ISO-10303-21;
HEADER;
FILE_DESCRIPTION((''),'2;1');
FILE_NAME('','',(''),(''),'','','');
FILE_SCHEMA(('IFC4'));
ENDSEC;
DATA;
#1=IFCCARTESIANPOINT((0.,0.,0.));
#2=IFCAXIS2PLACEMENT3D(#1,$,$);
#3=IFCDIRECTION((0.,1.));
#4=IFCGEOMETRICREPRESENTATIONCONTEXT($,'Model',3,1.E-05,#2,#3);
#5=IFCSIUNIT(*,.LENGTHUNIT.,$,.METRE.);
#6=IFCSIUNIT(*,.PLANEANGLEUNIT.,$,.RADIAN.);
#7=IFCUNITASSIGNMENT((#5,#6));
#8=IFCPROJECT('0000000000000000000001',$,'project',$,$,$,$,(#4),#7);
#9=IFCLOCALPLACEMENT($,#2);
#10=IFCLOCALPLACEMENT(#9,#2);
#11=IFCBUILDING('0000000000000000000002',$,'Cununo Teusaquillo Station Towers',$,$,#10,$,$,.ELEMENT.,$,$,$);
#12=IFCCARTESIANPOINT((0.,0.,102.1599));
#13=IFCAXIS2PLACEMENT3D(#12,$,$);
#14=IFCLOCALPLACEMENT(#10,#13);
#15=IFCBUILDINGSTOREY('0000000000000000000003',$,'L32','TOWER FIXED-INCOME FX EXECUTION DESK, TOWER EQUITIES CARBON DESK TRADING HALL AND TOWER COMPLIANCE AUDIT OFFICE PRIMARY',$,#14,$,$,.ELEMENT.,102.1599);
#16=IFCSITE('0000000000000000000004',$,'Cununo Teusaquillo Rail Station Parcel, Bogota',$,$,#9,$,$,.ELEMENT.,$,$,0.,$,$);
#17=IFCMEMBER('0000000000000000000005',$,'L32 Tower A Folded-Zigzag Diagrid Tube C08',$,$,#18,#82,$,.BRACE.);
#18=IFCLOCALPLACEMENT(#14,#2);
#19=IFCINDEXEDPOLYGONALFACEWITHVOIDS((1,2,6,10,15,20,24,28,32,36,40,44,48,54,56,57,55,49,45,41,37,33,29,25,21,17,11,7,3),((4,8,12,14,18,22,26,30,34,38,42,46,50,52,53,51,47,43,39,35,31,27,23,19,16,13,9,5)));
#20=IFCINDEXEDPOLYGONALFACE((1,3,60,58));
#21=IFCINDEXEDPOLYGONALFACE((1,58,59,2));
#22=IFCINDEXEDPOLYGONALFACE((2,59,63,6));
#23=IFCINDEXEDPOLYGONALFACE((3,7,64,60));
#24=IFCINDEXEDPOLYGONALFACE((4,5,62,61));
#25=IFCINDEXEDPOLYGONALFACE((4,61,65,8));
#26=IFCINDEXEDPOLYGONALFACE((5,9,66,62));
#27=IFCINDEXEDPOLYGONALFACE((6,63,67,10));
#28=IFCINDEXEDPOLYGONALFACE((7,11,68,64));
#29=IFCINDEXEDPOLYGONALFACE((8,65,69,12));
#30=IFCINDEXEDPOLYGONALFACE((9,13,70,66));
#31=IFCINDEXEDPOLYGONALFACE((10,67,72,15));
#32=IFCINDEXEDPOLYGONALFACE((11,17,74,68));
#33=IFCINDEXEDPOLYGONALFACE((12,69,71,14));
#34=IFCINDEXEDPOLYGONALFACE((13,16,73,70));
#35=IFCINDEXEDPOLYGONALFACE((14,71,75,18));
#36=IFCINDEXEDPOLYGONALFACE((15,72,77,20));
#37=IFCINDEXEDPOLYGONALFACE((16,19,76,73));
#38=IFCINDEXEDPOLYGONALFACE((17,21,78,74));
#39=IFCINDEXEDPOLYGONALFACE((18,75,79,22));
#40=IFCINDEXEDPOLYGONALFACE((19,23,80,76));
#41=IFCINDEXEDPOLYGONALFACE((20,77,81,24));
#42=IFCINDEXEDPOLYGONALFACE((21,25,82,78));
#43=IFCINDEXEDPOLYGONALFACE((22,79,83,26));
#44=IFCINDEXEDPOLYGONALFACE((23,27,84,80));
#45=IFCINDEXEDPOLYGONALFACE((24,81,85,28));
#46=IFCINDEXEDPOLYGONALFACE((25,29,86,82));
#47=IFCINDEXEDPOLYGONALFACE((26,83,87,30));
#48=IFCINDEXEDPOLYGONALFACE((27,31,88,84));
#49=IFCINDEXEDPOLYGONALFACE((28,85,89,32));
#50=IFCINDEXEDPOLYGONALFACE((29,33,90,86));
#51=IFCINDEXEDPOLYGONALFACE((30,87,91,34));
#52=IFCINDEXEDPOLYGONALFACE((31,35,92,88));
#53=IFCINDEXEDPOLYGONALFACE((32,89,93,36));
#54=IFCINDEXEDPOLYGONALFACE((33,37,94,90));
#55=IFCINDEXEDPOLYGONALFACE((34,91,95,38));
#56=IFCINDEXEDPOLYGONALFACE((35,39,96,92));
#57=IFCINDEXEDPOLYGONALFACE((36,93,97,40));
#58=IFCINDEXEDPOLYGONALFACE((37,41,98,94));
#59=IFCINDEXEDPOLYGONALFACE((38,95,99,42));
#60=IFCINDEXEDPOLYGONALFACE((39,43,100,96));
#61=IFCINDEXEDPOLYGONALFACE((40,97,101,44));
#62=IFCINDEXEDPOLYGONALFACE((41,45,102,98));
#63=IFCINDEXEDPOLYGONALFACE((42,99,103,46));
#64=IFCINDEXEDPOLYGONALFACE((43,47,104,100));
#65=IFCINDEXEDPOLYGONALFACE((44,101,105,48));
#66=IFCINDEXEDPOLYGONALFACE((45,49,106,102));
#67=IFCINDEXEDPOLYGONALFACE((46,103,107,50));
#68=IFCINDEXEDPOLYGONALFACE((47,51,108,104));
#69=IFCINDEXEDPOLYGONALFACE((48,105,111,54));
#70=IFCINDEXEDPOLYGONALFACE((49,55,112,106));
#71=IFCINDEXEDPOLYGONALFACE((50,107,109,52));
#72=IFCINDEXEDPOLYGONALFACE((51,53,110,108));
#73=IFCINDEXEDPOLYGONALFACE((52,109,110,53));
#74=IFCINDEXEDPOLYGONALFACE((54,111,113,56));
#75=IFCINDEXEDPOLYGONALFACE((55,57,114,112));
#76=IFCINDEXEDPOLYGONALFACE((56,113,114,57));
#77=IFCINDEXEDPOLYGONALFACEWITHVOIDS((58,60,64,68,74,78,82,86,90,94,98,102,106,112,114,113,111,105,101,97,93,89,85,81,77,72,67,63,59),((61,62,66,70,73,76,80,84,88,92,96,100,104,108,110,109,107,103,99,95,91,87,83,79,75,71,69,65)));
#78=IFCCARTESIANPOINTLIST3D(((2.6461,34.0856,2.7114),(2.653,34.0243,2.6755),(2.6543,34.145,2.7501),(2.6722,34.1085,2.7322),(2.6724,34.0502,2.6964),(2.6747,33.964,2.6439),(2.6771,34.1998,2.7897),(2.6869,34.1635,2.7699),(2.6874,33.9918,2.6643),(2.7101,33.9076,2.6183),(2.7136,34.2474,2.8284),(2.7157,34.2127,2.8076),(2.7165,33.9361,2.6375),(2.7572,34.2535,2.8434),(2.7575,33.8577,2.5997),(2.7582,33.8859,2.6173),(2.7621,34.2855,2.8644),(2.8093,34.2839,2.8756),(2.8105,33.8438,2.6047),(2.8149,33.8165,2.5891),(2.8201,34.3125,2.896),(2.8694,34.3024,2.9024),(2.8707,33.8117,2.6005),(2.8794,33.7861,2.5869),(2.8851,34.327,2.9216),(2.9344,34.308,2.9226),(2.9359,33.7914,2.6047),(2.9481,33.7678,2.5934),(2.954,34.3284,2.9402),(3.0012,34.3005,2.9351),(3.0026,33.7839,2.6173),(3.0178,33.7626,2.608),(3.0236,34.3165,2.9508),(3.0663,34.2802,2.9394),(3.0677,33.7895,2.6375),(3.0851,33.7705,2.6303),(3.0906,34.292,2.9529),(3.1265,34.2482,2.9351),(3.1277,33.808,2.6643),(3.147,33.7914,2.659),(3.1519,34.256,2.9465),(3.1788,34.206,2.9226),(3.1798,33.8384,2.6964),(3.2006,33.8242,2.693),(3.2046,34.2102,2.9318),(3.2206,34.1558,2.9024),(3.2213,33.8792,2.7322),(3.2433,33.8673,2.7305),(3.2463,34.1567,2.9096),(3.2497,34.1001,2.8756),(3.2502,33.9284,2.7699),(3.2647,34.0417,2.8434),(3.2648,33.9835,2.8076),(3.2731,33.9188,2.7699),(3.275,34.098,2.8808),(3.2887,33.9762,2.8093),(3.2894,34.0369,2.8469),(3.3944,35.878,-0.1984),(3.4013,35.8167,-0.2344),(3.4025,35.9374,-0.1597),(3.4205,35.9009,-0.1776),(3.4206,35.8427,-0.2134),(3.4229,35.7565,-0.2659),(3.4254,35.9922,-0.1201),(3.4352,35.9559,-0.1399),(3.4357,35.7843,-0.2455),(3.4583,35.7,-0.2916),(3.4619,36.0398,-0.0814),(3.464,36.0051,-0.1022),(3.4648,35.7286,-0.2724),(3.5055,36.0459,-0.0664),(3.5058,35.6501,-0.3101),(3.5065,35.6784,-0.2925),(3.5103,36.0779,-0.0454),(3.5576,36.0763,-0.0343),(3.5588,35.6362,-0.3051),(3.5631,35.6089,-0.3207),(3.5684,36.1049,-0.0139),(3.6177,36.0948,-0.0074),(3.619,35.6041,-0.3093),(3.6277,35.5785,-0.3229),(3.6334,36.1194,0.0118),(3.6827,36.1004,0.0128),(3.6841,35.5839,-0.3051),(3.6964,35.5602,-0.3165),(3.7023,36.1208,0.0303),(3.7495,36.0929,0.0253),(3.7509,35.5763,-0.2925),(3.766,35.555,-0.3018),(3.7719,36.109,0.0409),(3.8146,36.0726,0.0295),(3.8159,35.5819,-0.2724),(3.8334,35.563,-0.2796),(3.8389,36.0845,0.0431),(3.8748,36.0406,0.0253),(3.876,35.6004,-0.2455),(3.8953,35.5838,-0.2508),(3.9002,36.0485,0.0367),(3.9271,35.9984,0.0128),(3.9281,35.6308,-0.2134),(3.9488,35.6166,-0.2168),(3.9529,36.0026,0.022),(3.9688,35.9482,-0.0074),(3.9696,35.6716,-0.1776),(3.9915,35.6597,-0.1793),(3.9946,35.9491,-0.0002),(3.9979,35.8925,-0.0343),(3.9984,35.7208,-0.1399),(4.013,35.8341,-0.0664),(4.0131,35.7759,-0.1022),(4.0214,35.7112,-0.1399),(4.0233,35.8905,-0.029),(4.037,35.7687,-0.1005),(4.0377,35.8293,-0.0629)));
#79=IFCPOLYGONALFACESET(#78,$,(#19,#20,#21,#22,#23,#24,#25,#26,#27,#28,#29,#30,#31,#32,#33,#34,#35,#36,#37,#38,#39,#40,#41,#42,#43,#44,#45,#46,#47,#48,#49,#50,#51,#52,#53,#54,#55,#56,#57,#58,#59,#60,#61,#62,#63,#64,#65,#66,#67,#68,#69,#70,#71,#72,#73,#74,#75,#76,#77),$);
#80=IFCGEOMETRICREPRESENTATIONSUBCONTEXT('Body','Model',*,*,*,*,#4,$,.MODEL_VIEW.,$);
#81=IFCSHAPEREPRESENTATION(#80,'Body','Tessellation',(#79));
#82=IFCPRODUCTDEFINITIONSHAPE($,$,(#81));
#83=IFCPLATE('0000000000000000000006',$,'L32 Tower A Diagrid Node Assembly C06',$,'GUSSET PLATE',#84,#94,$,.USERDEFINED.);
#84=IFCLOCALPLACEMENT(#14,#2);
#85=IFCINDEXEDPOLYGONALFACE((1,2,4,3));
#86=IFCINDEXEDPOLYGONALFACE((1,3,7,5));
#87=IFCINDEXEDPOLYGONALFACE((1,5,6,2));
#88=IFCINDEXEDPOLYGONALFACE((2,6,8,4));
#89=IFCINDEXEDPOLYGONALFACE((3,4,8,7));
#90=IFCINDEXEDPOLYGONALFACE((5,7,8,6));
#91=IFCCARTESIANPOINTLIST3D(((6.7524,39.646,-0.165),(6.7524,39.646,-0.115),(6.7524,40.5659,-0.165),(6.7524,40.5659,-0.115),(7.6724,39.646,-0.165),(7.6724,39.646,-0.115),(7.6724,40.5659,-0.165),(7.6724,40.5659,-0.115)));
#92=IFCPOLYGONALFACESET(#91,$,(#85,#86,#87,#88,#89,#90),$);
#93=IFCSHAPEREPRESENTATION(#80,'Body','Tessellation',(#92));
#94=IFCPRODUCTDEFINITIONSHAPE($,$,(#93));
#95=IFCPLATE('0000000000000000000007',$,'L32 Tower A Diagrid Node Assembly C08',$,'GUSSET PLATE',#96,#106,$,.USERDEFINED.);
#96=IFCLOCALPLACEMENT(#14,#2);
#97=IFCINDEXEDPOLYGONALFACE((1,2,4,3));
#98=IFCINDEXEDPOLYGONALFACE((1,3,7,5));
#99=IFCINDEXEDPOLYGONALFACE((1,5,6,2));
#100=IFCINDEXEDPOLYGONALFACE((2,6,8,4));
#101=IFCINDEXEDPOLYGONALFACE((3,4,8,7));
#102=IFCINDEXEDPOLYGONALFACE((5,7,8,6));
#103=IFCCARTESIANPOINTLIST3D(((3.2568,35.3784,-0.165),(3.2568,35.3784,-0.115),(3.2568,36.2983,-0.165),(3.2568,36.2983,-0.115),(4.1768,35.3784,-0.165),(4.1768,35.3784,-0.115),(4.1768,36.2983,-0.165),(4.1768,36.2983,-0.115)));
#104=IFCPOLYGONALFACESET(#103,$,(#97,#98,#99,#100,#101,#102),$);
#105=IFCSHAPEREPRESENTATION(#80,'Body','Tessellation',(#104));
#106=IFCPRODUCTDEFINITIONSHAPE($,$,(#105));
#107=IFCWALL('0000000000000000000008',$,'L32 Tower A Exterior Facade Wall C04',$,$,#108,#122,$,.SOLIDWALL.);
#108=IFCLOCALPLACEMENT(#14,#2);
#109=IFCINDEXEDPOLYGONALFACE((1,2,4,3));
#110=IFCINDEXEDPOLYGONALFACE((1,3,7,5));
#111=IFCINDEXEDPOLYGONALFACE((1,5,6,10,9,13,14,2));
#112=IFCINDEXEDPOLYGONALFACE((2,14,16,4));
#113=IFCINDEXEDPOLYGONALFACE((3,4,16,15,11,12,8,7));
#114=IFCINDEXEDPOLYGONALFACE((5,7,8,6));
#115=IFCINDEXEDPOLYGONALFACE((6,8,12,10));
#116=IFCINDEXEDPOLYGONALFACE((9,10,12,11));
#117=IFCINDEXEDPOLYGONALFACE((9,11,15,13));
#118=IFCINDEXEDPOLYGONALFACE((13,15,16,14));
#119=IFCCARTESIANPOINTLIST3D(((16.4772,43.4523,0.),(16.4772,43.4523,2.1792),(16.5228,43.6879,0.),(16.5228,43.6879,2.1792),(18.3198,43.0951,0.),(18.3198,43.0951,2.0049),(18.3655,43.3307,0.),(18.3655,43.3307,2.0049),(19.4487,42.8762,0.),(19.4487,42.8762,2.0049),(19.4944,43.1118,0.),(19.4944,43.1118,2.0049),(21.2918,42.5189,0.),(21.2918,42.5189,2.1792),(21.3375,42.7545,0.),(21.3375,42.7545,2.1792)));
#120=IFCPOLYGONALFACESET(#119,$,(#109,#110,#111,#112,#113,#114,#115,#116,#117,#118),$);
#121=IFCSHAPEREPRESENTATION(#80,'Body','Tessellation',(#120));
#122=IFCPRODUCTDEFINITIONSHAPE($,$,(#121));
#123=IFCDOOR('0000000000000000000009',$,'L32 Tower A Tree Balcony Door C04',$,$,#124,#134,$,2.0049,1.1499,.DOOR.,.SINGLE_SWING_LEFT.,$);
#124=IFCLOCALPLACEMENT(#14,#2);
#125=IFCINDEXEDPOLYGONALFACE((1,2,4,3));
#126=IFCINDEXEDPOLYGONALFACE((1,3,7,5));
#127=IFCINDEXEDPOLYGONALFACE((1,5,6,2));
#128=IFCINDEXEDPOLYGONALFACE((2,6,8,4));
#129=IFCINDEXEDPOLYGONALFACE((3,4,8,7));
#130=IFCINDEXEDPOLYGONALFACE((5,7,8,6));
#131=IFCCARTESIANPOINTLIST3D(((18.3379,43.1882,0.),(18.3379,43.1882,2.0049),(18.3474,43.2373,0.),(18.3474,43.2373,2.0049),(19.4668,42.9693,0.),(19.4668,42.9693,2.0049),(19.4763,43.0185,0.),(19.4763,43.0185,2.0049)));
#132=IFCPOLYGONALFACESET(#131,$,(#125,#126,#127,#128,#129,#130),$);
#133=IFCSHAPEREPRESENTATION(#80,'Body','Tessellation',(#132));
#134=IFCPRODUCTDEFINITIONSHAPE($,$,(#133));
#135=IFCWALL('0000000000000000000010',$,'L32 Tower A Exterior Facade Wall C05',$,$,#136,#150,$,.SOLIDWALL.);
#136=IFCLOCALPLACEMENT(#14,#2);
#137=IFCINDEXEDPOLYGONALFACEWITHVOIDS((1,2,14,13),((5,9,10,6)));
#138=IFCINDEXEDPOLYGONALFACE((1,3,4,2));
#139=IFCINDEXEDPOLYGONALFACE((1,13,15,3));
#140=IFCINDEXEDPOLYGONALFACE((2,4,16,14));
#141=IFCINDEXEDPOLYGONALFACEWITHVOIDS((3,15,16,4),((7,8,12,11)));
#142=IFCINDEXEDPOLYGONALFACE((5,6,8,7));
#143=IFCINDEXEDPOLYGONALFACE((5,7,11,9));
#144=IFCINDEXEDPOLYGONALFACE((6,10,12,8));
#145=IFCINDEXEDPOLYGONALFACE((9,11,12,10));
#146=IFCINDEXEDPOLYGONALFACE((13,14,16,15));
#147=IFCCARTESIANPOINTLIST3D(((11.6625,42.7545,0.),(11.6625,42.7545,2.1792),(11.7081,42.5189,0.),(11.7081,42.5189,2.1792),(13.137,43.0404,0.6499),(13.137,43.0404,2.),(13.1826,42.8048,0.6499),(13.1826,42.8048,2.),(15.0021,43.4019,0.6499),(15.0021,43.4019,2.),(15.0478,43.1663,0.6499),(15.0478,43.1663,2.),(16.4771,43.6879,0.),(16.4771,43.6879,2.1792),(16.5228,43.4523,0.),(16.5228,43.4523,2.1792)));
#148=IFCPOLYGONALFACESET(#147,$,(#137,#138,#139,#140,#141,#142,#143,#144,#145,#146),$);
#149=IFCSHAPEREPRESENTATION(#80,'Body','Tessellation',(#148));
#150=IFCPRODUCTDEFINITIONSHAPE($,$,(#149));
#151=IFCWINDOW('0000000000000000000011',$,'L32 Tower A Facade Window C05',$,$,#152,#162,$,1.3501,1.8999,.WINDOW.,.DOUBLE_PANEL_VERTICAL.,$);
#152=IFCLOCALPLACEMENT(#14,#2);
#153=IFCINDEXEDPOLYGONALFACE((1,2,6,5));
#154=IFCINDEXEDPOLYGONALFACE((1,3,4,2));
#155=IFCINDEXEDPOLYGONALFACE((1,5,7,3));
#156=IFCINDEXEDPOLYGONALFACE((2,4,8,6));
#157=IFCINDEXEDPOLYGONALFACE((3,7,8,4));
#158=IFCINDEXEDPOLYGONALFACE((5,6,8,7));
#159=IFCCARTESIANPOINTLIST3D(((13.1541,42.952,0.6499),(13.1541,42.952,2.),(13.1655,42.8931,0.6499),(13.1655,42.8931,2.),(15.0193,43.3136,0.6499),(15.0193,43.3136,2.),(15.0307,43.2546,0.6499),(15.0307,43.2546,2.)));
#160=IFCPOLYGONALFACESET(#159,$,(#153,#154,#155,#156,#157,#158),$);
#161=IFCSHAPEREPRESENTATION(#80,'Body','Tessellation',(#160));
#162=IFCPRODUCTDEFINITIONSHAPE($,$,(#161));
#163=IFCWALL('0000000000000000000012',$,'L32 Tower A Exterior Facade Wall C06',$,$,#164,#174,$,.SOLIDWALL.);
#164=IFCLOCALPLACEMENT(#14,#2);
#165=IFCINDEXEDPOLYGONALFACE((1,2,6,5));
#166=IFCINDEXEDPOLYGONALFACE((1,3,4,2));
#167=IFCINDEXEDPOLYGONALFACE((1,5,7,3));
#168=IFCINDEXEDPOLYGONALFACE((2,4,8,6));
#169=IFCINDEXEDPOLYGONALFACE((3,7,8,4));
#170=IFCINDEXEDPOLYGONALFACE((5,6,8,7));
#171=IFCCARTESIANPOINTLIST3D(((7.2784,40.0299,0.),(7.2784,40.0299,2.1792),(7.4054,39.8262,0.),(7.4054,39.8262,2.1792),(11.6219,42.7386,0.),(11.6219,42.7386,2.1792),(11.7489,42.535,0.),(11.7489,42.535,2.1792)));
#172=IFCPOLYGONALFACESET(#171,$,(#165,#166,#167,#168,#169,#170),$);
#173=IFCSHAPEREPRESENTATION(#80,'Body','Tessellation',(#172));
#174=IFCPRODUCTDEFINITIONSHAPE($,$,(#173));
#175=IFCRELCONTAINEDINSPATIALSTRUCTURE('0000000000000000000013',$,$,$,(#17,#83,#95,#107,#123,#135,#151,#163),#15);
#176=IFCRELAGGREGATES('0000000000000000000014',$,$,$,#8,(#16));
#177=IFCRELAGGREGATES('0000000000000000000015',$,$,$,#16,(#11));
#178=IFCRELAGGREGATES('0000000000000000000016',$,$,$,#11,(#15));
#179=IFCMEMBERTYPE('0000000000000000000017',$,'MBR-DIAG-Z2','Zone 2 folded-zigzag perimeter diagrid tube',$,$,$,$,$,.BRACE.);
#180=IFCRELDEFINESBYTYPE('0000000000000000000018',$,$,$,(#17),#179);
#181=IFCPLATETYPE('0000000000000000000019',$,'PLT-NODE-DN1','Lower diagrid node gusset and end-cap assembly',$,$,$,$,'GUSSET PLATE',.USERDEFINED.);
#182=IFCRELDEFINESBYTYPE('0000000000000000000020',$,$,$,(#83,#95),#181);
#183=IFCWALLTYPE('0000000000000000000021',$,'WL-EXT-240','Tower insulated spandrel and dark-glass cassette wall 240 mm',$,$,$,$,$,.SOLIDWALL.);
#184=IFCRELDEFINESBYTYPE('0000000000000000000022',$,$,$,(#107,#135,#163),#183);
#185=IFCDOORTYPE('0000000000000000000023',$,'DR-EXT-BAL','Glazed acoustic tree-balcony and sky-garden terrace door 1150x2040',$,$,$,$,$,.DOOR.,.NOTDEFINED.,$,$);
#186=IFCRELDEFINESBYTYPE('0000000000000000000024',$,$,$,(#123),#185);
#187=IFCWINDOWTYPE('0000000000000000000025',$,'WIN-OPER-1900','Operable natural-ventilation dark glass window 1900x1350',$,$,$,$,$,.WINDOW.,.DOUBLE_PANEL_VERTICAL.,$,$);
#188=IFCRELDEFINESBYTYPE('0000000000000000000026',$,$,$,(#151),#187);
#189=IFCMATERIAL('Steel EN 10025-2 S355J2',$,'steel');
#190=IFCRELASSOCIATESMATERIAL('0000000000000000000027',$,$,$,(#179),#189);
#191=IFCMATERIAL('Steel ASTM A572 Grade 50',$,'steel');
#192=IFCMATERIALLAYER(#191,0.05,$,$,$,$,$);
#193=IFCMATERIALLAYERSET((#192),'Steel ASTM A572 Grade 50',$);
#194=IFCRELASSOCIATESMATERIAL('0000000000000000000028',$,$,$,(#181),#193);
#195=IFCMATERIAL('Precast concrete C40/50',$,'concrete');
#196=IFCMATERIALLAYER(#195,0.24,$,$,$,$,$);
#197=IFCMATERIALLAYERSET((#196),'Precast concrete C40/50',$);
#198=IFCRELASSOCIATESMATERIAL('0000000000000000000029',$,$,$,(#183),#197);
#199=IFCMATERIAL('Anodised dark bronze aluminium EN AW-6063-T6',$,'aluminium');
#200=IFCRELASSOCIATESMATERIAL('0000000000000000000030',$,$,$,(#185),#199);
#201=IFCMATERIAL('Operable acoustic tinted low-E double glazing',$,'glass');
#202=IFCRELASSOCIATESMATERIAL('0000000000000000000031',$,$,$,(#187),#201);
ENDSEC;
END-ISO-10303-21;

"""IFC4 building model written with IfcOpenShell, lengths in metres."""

from ifc_helpers import new_model, si_unit, direction, frame, frame_2d, origin, origin_2d, place, context, subcontext, project, spatial, rectangle, hollow_circle, extrude, source, transform, mapped, material, layer, layer_set, material_profile, profile_set, type_object, element, fill, save


model = new_model("IFC4")

# Units and contexts
model_context = context("Model", 3, precision=1e-05, world=origin(), true_north=direction((0.0, 1.0)))
body_context = subcontext(model_context, "Body", "Model", "MODEL_VIEW")
ifc_project = project(units=[si_unit("LENGTHUNIT", "METRE"), si_unit("PLANEANGLEUNIT", "RADIAN")], contexts=[model_context])

# Site, building, storey
site_placement = place(None, origin())
site = spatial("IfcSite", under=ifc_project, at=site_placement, Name="Cununo Teusaquillo Rail Station Parcel, Bogota", CompositionType="ELEMENT", RefElevation=0.0)
building_placement = place(site_placement, origin())
building = spatial("IfcBuilding", under=site, at=building_placement, Name="Cununo Teusaquillo Station Towers", CompositionType="ELEMENT")
storey_placement = place(building_placement, frame((0.0, 0.0, 102.1599)))
storey = spatial("IfcBuildingStorey", under=building, at=storey_placement, Name="L32", Description="TOWER FIXED-INCOME FX EXECUTION DESK, TOWER EQUITIES CARBON DESK TRADING HALL AND TOWER COMPLIANCE AUDIT OFFICE PRIMARY", CompositionType="ELEMENT", Elevation=102.1599)

# Member
ifc_material_1 = material(Name="Steel EN 10025-2 S355J2", Category="steel")
ifc_material_profile_1 = material_profile(ifc_material_1, hollow_circle(Radius=0.3301, WallThickness=0.0249, at=origin_2d()), Name="CHS 660x25")
ifc_profile_set_1 = profile_set([ifc_material_profile_1], Name="Steel EN 10025-2 S355J2")
member_type = type_object("IfcMemberType", Name="MBR-DIAG-Z2", Description="Zone 2 folded-zigzag perimeter diagrid tube", PredefinedType="BRACE", material=ifc_profile_set_1)
member_1_placement = place(storey_placement, frame((3.7168, 35.8384, -0.1399), z_axis=(-0.21388, -0.512336, 0.831726), x_axis=(0.922816, -0.38524, 0.0)))
element("IfcMember", 1, at=member_1_placement, inside=storey, type_object=member_type, Name="L32 Tower A Folded-Zigzag Diagrid Tube C08", PredefinedType="BRACE", context=body_context, shape_type="SweptSolid", body=[
    extrude(hollow_circle(Radius=0.3301, WallThickness=0.0249, at=origin_2d()), origin(), (0.0, 0.0, 1.0), 3.4985),
])

# Plates
ifc_material_2 = material(Name="Steel ASTM A572 Grade 50", Category="steel")
ifc_layer_1 = layer(ifc_material_2, 0.05)
ifc_layer_set_1 = layer_set([ifc_layer_1], Name="Steel ASTM A572 Grade 50")
plate_type = type_object("IfcPlateType", Name="PLT-NODE-DN1", Description="Lower diagrid node gusset and end-cap assembly", ElementType="GUSSET PLATE", PredefinedType="USERDEFINED", material=ifc_layer_set_1)
shared_shape_1 = source(origin(), body_context, "Body", "SweptSolid", [
    extrude(rectangle(XDim=0.9199, YDim=0.9199, at=origin_2d()), origin(), (0.0, 0.0, 1.0), 0.05),
])
for number, where, z_axis, x_axis, name in (
    (2, (7.2124, 40.106, -0.165), (0.0, 0.0, 1.0), (1.0, 0.0, 0.0), "L32 Tower A Diagrid Node Assembly C06"),
    (3, (3.7168, 35.8384, -0.165), (0.0, 0.0, 1.0), (1.0, 0.0, 0.0), "L32 Tower A Diagrid Node Assembly C08"),
):
    element("IfcPlate", number, at=place(storey_placement, frame(where, z_axis=z_axis, x_axis=x_axis)), inside=storey, type_object=plate_type, Name=name, ObjectType="GUSSET PLATE", PredefinedType="USERDEFINED", context=body_context, shape_type="MappedRepresentation", body=[
        mapped(shared_shape_1, transform((0.0, 0.0, 0.0), x_axis=(1.0, 0.0, 0.0), y_axis=(0.0, 1.0, 0.0), z_axis=(0.0, 0.0, 1.0), scale=1.0)),
    ])

# Wall, opening, door
ifc_material_3 = material(Name="Precast concrete C40/50", Category="concrete")
ifc_layer_2 = layer(ifc_material_3, 0.24)
ifc_layer_set_2 = layer_set([ifc_layer_2], Name="Precast concrete C40/50")
wall_type_1 = type_object("IfcWallType", Name="WL-EXT-240", Description="Tower insulated spandrel and dark-glass cassette wall 240 mm", PredefinedType="SOLIDWALL", material=ifc_layer_set_2)
wall_1_placement = place(storey_placement, frame((16.5, 43.5701, 0.0), z_axis=(0.0, 0.0, 1.0), x_axis=(0.981724, -0.190311, 0.0)))
wall_1 = element("IfcWall", 4, at=wall_1_placement, inside=storey, type_object=wall_type_1, Name="L32 Tower A Exterior Facade Wall C04", PredefinedType="SOLIDWALL", context=body_context, shape_type="SweptSolid", body=[
    extrude(rectangle(XDim=4.9043, YDim=0.24, at=frame_2d((2.4521, 0.0))), origin(), (0.0, 0.0, 1.0), 2.1792),
])
shared_shape_2 = source(origin(), body_context, "Body", "SweptSolid", [
    extrude(rectangle(XDim=1.1499, YDim=2.0049, at=frame_2d((0.575, 1.0024))), frame((0.0, 0.1299, 0.0), z_axis=(0.0, -1.0, 0.0), x_axis=(1.0, 0.0, 0.0)), (0.0, 0.0, 1.0), 0.26),
])
opening_1_placement = place(wall_1_placement, frame((1.877, 0.0, 0.0)))
opening_1 = element("IfcOpeningElement", 5, at=opening_1_placement, cuts=wall_1, PredefinedType="OPENING", context=body_context, shape_type="MappedRepresentation", body=[
    mapped(shared_shape_2, transform((0.0, 0.0, 0.0), x_axis=(1.0, 0.0, 0.0), y_axis=(0.0, 1.0, 0.0), z_axis=(0.0, 0.0, 1.0), scale=1.0)),
])
ifc_material_4 = material(Name="Anodised dark bronze aluminium EN AW-6063-T6", Category="aluminium")
door_type_1 = type_object("IfcDoorType", Name="DR-EXT-BAL", Description="Glazed acoustic tree-balcony and sky-garden terrace door 1150x2040", OperationType="NOTDEFINED", PredefinedType="DOOR", material=ifc_material_4)
shared_shape_3 = source(origin(), body_context, "Body", "SweptSolid", [
    extrude(rectangle(XDim=1.1499, YDim=2.0049, at=frame_2d((0.575, 1.0024))), frame((0.0, 0.0249, 0.0), z_axis=(0.0, -1.0, 0.0), x_axis=(1.0, 0.0, 0.0)), (0.0, 0.0, 1.0), 0.05),
])
door_1_placement = place(opening_1_placement, origin())
door_1 = element("IfcDoor", 6, at=door_1_placement, inside=storey, type_object=door_type_1, Name="L32 Tower A Tree Balcony Door C04", OperationType="SINGLE_SWING_LEFT", OverallHeight=2.0049, OverallWidth=1.1499, PredefinedType="DOOR", context=body_context, shape_type="MappedRepresentation", body=[
    mapped(shared_shape_3, transform((0.0, 0.0, 0.0), x_axis=(1.0, 0.0, 0.0), y_axis=(0.0, 1.0, 0.0), z_axis=(0.0, 0.0, 1.0), scale=1.0)),
])
fill(opening_1, door_1)

# Wall, opening, window
wall_2_placement = place(storey_placement, frame((11.6853, 42.6367, 0.0), z_axis=(0.0, 0.0, 1.0), x_axis=(0.981724, 0.190311, 0.0)))
wall_2 = element("IfcWall", 7, at=wall_2_placement, inside=storey, type_object=wall_type_1, Name="L32 Tower A Exterior Facade Wall C05", PredefinedType="SOLIDWALL", context=body_context, shape_type="SweptSolid", body=[
    extrude(rectangle(XDim=4.9043, YDim=0.24, at=frame_2d((2.4521, 0.0))), origin(), (0.0, 0.0, 1.0), 2.1792),
])
shared_shape_4 = source(origin(), body_context, "Body", "SweptSolid", [
    extrude(rectangle(XDim=1.8999, YDim=1.3501, at=frame_2d((0.95, 0.675))), frame((0.0, 0.1299, 0.0), z_axis=(0.0, -1.0, 0.0), x_axis=(1.0, 0.0, 0.0)), (0.0, 0.0, 1.0), 0.26),
])
opening_2_placement = place(wall_2_placement, frame((1.502, 0.0, 0.6499)))
opening_2 = element("IfcOpeningElement", 8, at=opening_2_placement, cuts=wall_2, PredefinedType="OPENING", context=body_context, shape_type="MappedRepresentation", body=[
    mapped(shared_shape_4, transform((0.0, 0.0, 0.0), x_axis=(1.0, 0.0, 0.0), y_axis=(0.0, 1.0, 0.0), z_axis=(0.0, 0.0, 1.0), scale=1.0)),
])
ifc_material_5 = material(Name="Operable acoustic tinted low-E double glazing", Category="glass")
window_type_1 = type_object("IfcWindowType", Name="WIN-OPER-1900", Description="Operable natural-ventilation dark glass window 1900x1350", PartitioningType="DOUBLE_PANEL_VERTICAL", PredefinedType="WINDOW", material=ifc_material_5)
shared_shape_5 = source(origin(), body_context, "Body", "SweptSolid", [
    extrude(rectangle(XDim=1.8999, YDim=1.3501, at=frame_2d((0.95, 0.675))), frame((0.0, 0.03, 0.0), z_axis=(0.0, -1.0, 0.0), x_axis=(1.0, 0.0, 0.0)), (0.0, 0.0, 1.0), 0.0601),
])
window_1_placement = place(opening_2_placement, origin())
window_1 = element("IfcWindow", 9, at=window_1_placement, inside=storey, type_object=window_type_1, Name="L32 Tower A Facade Window C05", OverallHeight=1.3501, OverallWidth=1.8999, PartitioningType="DOUBLE_PANEL_VERTICAL", PredefinedType="WINDOW", context=body_context, shape_type="MappedRepresentation", body=[
    mapped(shared_shape_5, transform((0.0, 0.0, 0.0), x_axis=(1.0, 0.0, 0.0), y_axis=(0.0, 1.0, 0.0), z_axis=(0.0, 0.0, 1.0), scale=1.0)),
])
fill(opening_2, window_1)

# Wall
wall_3_placement = place(storey_placement, frame((7.3418, 39.928, 0.0), z_axis=(0.0, 0.0, 1.0), x_axis=(0.84852, 0.529163, 0.0)))
element("IfcWall", 10, at=wall_3_placement, inside=storey, type_object=wall_type_1, Name="L32 Tower A Exterior Facade Wall C06", PredefinedType="SOLIDWALL", context=body_context, shape_type="SweptSolid", body=[
    extrude(rectangle(XDim=5.1189, YDim=0.24, at=frame_2d((2.5596, 0.0))), origin(), (0.0, 0.0, 1.0), 2.1792),
])

save(model, "model.ifc")
